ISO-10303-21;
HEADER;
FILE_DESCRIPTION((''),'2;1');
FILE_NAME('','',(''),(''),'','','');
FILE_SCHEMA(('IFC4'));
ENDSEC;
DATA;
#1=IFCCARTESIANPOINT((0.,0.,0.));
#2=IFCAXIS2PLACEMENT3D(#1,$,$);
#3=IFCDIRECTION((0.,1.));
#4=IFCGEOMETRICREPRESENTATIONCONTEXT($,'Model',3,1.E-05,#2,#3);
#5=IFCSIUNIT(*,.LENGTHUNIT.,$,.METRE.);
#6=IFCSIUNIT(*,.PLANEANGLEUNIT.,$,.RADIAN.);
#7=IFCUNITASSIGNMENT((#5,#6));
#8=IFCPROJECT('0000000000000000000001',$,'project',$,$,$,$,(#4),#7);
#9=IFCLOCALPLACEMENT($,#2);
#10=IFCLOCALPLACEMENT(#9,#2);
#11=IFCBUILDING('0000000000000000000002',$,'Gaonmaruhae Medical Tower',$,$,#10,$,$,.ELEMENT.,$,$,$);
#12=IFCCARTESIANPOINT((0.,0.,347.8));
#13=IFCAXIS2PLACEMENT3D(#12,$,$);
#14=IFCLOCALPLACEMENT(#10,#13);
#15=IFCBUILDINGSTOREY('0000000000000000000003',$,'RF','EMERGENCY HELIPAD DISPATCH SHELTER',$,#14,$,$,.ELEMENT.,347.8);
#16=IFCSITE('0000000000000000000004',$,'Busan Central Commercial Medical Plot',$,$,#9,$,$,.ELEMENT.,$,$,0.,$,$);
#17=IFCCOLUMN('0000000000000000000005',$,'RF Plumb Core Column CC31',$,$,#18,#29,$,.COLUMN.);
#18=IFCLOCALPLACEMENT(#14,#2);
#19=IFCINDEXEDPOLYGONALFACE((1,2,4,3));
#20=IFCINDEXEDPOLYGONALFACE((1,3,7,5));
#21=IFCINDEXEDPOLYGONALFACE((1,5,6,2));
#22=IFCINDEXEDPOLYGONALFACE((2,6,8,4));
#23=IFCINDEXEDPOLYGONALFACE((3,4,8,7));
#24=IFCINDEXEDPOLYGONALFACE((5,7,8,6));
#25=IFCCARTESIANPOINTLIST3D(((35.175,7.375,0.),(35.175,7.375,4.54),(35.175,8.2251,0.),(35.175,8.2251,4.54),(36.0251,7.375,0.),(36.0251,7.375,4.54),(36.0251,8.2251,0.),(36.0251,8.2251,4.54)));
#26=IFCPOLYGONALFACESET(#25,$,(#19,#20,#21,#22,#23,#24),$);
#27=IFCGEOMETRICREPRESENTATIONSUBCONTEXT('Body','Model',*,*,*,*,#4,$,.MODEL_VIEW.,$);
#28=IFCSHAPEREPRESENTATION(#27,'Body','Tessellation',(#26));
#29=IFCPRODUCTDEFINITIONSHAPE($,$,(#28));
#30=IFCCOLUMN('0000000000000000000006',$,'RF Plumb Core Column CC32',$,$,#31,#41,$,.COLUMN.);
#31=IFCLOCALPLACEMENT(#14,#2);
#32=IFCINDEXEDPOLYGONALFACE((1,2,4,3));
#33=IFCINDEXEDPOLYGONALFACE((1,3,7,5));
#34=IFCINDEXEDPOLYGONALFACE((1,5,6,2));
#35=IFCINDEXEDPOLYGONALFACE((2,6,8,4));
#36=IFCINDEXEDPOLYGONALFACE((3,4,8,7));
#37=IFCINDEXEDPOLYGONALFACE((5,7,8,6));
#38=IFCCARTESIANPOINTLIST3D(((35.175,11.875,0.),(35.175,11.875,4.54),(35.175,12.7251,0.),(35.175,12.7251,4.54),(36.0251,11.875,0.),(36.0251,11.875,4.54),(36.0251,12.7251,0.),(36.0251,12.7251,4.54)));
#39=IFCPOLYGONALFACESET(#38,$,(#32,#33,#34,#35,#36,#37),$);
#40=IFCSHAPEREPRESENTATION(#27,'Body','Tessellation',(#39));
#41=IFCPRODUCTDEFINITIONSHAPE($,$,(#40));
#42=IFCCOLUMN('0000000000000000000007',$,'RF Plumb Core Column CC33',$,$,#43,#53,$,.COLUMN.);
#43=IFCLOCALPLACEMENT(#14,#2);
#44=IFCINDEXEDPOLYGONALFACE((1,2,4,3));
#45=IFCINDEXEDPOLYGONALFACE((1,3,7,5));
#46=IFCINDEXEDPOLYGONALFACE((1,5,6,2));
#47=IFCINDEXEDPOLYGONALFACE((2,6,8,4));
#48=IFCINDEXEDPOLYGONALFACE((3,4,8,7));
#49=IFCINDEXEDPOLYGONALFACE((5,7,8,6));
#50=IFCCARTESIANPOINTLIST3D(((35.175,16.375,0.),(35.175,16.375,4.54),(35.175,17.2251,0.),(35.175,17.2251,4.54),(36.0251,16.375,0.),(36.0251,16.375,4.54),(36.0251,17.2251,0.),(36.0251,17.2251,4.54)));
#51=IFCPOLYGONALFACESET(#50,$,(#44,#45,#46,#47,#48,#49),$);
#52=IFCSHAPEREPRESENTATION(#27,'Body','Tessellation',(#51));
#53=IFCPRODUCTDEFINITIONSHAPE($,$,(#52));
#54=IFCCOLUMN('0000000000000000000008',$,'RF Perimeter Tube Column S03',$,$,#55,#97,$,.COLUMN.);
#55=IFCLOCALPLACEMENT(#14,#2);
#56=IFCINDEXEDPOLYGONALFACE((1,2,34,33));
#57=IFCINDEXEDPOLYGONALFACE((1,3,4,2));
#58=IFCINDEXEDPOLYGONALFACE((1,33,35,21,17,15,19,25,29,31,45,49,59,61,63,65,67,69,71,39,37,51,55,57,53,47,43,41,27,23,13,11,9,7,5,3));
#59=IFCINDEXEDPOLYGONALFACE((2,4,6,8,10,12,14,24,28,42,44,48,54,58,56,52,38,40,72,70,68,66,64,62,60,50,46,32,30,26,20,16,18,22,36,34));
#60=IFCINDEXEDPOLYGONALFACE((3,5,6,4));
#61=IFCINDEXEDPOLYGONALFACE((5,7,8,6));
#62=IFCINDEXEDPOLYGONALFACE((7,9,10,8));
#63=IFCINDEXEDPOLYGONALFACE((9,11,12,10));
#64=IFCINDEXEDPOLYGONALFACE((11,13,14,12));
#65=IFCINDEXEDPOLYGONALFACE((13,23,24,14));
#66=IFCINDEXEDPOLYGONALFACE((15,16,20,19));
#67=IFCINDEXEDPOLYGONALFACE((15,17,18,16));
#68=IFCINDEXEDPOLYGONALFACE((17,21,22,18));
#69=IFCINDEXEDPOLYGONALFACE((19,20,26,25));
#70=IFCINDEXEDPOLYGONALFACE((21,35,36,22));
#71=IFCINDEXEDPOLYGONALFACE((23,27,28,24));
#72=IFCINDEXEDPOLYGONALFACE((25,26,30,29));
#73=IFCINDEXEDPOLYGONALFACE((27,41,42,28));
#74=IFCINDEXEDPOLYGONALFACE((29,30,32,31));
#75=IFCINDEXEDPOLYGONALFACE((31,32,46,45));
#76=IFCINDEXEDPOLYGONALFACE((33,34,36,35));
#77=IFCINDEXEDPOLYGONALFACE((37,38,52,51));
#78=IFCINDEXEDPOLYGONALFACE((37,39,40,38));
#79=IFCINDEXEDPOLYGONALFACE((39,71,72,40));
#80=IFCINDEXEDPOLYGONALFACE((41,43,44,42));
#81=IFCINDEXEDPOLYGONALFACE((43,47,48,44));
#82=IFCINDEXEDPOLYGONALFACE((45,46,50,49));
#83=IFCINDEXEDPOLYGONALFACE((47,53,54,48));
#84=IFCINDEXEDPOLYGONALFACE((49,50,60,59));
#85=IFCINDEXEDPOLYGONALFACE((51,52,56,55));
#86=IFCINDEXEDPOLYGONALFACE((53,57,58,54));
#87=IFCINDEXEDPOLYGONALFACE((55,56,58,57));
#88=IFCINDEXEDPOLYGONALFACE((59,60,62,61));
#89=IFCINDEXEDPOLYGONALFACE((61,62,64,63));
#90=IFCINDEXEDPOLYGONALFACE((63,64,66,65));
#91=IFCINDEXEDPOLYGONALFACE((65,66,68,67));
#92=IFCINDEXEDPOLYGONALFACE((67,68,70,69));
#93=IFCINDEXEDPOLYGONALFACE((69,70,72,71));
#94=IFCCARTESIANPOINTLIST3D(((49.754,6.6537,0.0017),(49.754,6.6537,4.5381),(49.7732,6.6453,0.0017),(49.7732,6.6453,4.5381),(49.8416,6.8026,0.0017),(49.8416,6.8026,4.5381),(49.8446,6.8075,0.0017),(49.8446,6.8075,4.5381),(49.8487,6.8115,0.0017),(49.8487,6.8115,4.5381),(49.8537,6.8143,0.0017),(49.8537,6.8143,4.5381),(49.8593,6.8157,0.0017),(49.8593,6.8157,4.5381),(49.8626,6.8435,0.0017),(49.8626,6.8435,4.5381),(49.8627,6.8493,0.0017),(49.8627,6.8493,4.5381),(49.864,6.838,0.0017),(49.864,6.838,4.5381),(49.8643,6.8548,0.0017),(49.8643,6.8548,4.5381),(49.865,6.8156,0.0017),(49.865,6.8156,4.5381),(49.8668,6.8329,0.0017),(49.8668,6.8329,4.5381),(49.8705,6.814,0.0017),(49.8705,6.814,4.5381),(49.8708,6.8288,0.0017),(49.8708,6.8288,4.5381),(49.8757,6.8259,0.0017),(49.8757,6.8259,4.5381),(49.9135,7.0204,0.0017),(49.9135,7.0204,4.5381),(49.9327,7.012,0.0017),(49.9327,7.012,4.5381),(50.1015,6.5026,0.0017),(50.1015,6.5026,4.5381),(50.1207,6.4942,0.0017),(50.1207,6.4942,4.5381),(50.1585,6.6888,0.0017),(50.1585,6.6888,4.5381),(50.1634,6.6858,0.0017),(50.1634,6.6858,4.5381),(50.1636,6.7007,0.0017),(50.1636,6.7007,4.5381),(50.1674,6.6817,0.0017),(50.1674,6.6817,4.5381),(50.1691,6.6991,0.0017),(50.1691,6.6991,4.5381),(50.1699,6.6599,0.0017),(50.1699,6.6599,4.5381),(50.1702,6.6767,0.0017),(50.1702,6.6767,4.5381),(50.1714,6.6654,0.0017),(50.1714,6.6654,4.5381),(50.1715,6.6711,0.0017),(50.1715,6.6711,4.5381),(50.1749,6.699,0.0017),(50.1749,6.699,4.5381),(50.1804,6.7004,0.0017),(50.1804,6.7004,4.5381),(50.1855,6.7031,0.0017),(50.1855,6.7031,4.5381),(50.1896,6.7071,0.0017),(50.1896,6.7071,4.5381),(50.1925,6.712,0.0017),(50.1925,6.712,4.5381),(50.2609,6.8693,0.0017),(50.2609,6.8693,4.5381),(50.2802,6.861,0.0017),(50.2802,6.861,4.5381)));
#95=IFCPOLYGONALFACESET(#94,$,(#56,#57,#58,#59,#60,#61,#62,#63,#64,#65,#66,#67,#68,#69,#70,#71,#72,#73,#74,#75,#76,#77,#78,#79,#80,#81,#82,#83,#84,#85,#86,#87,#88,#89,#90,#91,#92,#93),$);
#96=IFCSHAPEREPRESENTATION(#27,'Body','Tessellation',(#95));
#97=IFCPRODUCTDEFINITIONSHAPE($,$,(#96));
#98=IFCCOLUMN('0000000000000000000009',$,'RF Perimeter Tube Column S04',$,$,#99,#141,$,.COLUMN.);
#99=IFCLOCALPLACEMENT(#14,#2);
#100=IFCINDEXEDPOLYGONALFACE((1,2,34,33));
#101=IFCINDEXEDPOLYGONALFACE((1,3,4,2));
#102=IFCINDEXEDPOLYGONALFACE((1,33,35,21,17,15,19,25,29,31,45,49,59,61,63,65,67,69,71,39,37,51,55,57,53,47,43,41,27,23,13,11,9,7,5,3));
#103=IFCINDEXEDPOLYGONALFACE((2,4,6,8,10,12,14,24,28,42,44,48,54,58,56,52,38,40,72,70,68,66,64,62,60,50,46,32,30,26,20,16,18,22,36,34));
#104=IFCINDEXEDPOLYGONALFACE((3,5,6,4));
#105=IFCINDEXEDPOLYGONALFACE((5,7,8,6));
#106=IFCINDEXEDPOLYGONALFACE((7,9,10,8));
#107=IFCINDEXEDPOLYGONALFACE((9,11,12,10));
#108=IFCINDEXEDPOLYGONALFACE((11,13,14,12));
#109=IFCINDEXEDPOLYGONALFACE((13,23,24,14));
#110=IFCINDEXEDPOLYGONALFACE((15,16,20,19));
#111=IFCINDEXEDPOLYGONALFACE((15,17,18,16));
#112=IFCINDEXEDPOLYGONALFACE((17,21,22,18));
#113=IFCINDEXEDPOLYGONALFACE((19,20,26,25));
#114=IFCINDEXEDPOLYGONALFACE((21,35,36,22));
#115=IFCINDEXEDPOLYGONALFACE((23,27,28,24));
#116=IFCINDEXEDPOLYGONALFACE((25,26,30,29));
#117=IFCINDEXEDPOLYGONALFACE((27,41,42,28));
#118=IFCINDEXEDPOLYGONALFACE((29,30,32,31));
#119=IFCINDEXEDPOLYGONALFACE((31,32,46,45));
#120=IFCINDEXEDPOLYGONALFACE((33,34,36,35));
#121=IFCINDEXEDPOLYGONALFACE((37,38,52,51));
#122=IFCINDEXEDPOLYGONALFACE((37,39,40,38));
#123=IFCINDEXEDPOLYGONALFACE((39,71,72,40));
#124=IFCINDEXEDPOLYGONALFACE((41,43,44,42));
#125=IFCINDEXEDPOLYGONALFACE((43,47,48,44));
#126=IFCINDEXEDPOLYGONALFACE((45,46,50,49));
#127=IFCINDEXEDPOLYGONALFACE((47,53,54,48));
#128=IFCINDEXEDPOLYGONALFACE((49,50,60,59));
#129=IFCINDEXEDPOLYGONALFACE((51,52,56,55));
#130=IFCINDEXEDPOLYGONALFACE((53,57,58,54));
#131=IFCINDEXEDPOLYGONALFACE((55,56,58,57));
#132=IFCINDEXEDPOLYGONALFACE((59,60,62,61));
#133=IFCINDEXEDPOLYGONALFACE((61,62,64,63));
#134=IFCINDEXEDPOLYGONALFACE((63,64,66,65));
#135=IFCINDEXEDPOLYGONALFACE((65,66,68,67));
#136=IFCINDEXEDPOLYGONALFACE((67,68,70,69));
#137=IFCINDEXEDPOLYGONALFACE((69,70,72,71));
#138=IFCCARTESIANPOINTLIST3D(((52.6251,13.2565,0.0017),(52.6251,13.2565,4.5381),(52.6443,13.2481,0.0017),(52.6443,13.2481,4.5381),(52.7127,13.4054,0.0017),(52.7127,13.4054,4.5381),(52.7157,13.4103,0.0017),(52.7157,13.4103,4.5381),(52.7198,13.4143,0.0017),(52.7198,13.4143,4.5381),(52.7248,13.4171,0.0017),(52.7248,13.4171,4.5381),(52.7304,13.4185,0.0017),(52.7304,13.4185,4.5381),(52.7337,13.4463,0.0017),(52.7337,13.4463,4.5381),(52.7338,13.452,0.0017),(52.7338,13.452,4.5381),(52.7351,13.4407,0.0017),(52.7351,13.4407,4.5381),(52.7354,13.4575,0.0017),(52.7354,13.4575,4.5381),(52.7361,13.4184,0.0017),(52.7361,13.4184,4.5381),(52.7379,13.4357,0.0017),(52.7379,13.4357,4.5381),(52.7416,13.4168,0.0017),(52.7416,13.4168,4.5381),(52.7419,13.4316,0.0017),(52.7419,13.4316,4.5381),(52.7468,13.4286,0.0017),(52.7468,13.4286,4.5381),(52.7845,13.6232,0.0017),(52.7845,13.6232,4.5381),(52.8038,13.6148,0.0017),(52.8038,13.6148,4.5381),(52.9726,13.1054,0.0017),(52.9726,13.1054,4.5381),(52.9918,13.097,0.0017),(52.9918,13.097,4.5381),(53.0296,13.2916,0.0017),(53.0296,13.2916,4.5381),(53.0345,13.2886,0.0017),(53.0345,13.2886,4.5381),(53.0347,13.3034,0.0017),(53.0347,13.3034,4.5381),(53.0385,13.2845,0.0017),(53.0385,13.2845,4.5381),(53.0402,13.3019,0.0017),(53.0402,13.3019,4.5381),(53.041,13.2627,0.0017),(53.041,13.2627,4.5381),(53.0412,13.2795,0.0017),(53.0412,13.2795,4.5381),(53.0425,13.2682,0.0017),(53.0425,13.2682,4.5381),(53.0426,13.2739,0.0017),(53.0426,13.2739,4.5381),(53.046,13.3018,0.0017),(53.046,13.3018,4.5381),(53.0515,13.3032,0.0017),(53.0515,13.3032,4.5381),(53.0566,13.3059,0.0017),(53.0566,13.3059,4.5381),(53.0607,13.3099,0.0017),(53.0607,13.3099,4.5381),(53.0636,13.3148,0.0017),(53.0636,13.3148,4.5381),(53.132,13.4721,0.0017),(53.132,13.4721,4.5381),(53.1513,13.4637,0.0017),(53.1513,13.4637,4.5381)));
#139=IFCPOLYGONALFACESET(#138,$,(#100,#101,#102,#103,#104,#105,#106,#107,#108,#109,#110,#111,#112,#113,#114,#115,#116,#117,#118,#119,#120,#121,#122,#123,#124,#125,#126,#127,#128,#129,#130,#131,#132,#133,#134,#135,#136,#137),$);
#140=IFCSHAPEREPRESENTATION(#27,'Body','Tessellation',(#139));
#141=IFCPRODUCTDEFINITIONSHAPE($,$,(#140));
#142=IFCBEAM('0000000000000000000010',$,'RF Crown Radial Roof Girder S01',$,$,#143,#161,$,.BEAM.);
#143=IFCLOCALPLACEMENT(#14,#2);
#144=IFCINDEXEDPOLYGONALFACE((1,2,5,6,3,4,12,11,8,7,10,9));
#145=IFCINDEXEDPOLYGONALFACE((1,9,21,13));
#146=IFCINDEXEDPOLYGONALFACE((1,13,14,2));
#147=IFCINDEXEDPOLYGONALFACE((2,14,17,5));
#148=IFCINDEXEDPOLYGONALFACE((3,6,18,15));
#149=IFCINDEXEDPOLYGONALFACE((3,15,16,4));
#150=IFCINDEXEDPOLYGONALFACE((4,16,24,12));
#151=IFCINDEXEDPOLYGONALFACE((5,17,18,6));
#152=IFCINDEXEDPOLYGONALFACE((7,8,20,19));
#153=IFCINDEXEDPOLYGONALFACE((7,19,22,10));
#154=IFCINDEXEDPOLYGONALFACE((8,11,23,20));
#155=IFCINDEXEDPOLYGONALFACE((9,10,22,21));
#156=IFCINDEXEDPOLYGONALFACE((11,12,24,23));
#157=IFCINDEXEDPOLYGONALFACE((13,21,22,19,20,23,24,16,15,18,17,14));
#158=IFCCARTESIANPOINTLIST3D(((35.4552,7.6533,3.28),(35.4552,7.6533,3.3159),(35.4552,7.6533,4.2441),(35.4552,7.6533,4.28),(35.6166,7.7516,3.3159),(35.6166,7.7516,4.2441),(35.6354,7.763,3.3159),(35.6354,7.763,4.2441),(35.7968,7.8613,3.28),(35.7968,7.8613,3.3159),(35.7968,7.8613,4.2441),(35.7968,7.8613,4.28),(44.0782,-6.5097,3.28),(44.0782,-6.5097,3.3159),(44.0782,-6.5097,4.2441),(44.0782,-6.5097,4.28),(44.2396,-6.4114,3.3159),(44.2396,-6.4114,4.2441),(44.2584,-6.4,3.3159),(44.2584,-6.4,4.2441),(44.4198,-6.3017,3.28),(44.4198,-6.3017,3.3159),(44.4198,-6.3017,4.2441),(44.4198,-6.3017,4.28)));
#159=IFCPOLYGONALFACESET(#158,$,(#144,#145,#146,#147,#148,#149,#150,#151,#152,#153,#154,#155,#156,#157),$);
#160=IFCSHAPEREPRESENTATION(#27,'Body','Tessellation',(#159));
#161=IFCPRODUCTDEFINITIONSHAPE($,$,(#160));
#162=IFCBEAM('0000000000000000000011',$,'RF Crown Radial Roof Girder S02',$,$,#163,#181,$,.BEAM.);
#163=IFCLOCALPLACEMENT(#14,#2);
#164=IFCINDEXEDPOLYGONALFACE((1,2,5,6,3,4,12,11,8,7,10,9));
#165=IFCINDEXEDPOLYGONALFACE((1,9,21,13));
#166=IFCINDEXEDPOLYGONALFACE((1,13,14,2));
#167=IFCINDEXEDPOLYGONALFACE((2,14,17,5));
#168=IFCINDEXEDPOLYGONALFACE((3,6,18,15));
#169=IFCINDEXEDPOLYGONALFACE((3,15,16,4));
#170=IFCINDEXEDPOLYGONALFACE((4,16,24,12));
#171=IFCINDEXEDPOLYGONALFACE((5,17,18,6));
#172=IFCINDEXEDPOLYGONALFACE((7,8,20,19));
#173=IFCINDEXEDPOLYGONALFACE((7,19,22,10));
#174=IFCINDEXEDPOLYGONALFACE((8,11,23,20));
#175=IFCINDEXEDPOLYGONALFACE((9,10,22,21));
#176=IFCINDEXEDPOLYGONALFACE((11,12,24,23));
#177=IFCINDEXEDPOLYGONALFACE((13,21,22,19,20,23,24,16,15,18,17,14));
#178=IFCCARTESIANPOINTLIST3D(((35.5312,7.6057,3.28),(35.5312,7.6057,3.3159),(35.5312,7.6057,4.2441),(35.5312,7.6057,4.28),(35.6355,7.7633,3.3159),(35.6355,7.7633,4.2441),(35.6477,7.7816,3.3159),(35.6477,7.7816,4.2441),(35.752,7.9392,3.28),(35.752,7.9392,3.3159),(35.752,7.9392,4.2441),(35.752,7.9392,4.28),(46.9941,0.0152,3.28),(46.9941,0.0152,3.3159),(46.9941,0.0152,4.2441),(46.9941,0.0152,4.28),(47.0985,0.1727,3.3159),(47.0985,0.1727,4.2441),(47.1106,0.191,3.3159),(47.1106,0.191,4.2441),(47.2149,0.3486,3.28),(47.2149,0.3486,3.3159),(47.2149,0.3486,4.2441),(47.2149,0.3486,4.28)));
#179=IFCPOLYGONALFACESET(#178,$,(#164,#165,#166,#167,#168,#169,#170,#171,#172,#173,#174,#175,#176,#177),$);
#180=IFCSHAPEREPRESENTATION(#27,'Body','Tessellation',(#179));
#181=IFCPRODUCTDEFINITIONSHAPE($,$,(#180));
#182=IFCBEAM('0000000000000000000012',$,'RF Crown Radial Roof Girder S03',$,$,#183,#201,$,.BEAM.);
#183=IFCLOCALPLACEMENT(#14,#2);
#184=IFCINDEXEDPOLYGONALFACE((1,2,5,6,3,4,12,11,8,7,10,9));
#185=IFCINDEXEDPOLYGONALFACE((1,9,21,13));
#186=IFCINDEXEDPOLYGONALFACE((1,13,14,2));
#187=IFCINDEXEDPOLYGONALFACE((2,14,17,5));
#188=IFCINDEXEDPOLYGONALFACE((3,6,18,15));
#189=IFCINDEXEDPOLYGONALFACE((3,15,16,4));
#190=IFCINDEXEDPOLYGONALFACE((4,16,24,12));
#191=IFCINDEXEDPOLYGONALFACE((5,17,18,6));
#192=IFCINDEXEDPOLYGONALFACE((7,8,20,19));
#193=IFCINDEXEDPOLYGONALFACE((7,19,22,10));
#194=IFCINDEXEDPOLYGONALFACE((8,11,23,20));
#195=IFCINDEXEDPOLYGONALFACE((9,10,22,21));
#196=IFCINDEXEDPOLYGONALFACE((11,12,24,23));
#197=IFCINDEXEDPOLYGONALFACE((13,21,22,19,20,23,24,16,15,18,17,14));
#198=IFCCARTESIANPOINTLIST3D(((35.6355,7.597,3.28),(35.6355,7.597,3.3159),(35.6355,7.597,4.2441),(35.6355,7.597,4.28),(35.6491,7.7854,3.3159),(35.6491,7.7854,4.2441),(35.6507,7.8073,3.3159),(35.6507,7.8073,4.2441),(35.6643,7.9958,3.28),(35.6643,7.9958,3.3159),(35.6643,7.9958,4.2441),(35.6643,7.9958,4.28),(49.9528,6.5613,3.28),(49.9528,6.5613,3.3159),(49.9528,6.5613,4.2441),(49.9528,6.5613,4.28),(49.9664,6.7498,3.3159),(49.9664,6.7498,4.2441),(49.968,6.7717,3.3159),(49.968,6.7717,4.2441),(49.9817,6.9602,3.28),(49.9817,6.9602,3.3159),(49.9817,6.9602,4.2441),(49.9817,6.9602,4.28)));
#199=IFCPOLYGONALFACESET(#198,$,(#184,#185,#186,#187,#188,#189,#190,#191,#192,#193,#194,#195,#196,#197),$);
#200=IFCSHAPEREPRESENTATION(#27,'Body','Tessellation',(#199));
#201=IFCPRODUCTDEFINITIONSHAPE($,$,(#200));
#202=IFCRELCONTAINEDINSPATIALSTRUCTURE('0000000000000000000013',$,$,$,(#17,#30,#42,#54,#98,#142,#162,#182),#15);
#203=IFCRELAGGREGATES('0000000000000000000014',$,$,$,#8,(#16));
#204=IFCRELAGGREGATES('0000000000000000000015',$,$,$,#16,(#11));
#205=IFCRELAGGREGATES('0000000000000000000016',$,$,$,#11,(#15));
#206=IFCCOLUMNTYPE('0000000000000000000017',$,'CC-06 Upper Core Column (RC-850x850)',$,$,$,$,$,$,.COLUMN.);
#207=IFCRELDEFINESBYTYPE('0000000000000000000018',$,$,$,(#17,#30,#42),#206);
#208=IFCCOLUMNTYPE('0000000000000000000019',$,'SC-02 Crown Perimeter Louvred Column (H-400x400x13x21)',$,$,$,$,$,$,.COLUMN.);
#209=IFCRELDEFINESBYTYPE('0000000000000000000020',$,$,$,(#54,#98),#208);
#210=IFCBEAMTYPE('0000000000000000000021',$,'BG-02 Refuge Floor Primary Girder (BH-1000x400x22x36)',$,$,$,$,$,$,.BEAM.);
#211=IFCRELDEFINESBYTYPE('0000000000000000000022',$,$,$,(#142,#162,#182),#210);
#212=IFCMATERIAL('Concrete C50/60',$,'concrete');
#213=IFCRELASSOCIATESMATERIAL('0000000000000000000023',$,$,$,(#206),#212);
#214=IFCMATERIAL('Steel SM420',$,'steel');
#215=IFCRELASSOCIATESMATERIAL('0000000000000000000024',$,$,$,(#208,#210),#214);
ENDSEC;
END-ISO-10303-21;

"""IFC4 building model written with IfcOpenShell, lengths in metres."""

from ifc_helpers import new_model, si_unit, direction, frame, origin, origin_2d, place, context, subcontext, project, spatial, rectangle, i_section, extrude, material, material_profile, profile_set, type_object, element, save


model = new_model("IFC4")

# Units and contexts
model_context = context("Model", 3, precision=1e-05, world=origin(), true_north=direction((0.0, 1.0)))
body_context = subcontext(model_context, "Body", "Model", "MODEL_VIEW")
ifc_project = project(units=[si_unit("LENGTHUNIT", "METRE"), si_unit("PLANEANGLEUNIT", "RADIAN")], contexts=[model_context])

# Site, building, storey
site_placement = place(None, origin())
site = spatial("IfcSite", under=ifc_project, at=site_placement, Name="Busan Central Commercial Medical Plot", CompositionType="ELEMENT", RefElevation=0.0)
building_placement = place(site_placement, origin())
building = spatial("IfcBuilding", under=site, at=building_placement, Name="Gaonmaruhae Medical Tower", CompositionType="ELEMENT")
storey_placement = place(building_placement, frame((0.0, 0.0, 347.8)))
storey = spatial("IfcBuildingStorey", under=building, at=storey_placement, Name="RF", Description="EMERGENCY HELIPAD DISPATCH SHELTER", CompositionType="ELEMENT", Elevation=347.8)

# Columns
ifc_material_1 = material(Name="Concrete C50/60", Category="concrete")
ifc_material_profile_1 = material_profile(ifc_material_1, rectangle(XDim=0.8501, YDim=0.8501, at=origin_2d()), Name="RC-850x850")
ifc_profile_set_1 = profile_set([ifc_material_profile_1], Name="Concrete C50/60")
column_type_1 = type_object("IfcColumnType", Name="CC-06 Upper Core Column (RC-850x850)", PredefinedType="COLUMN", material=ifc_profile_set_1)
for number, where, z_axis, x_axis, name in (
    (1, (35.6001, 7.8, 0.0), (0.0, 0.0, 1.0), (1.0, 0.0, 0.0), "RF Plumb Core Column CC31"),
    (2, (35.6001, 12.3, 0.0), (0.0, 0.0, 1.0), (1.0, 0.0, 0.0), "RF Plumb Core Column CC32"),
    (3, (35.6001, 16.8, 0.0), (0.0, 0.0, 1.0), (1.0, 0.0, 0.0), "RF Plumb Core Column CC33"),
):
    element("IfcColumn", number, at=place(storey_placement, frame(where, z_axis=z_axis, x_axis=x_axis)), inside=storey, type_object=column_type_1, Name=name, PredefinedType="COLUMN", context=body_context, shape_type="SweptSolid", body=[
        extrude(rectangle(XDim=0.8501, YDim=0.8501, at=origin_2d()), origin(), (0.0, 0.0, 1.0), 4.54),
    ])
ifc_material_2 = material(Name="Steel SM420", Category="steel")
ifc_material_profile_2 = material_profile(ifc_material_2, i_section(OverallWidth=0.3999, OverallDepth=0.3999, WebThickness=0.0129, FlangeThickness=0.021, FilletRadius=0.022, at=origin_2d()), Name="H-400x400x13x21")
ifc_profile_set_2 = profile_set([ifc_material_profile_2], Name="Steel SM420")
column_type_2 = type_object("IfcColumnType", Name="SC-02 Crown Perimeter Louvred Column (H-400x400x13x21)", PredefinedType="COLUMN", material=ifc_profile_set_2)
for number, where, z_axis, x_axis, name in (
    (4, (50.0171, 6.7573, 0.0017), (0.0, 0.0, 1.0), (0.398749, 0.91706, 0.0), "RF Perimeter Tube Column S03"),
    (5, (52.8882, 13.3601, 0.0017), (0.0, 0.0, 1.0), (0.398749, 0.91706, 0.0), "RF Perimeter Tube Column S04"),
):
    element("IfcColumn", number, at=place(storey_placement, frame(where, z_axis=z_axis, x_axis=x_axis)), inside=storey, type_object=column_type_2, Name=name, PredefinedType="COLUMN", context=body_context, shape_type="SweptSolid", body=[
        extrude(i_section(OverallWidth=0.3999, OverallDepth=0.3999, WebThickness=0.0129, FlangeThickness=0.021, FilletRadius=0.022, at=origin_2d()), origin(), (0.0, 0.0, 1.0), 4.5364),
    ])

# Beams
ifc_material_profile_3 = material_profile(ifc_material_2, i_section(OverallWidth=0.3999, OverallDepth=1.0, WebThickness=0.022, FlangeThickness=0.0359, at=origin_2d()), Name="BH-1000x400x22x36")
ifc_profile_set_3 = profile_set([ifc_material_profile_3], Name="Steel SM420")
beam_type_1 = type_object("IfcBeamType", Name="BG-02 Refuge Floor Primary Girder (BH-1000x400x22x36)", PredefinedType="BEAM", material=ifc_profile_set_3)
beam_1_placement = place(storey_placement, frame((35.626, 7.7573, 3.78), z_axis=(0.520037, -0.854144, 0.0), x_axis=(0.854144, 0.520037, 0.0)))
element("IfcBeam", 6, at=beam_1_placement, inside=storey, type_object=beam_type_1, Name="RF Crown Radial Roof Girder S01", PredefinedType="BEAM", context=body_context, shape_type="SweptSolid", body=[
    extrude(i_section(OverallWidth=0.3999, OverallDepth=1.0, WebThickness=0.022, FlangeThickness=0.0359, at=origin_2d()), origin(), (0.0, 0.0, 1.0), 16.5815),
])
beam_2_placement = place(storey_placement, frame((35.6416, 7.7725, 3.78), z_axis=(0.83377, -0.552112, 0.0), x_axis=(0.552112, 0.83377, 0.0)))
element("IfcBeam", 7, at=beam_2_placement, inside=storey, type_object=beam_type_1, Name="RF Crown Radial Roof Girder S02", PredefinedType="BEAM", context=body_context, shape_type="SweptSolid", body=[
    extrude(i_section(OverallWidth=0.3999, OverallDepth=1.0, WebThickness=0.022, FlangeThickness=0.0359, at=origin_2d()), origin(), (0.0, 0.0, 1.0), 13.7483),
])
beam_3_placement = place(storey_placement, frame((35.6499, 7.7964, 3.78), z_axis=(0.997394, -0.072146, 0.0), x_axis=(0.072146, 0.997394, 0.0)))
element("IfcBeam", 8, at=beam_3_placement, inside=storey, type_object=beam_type_1, Name="RF Crown Radial Roof Girder S03", PredefinedType="BEAM", context=body_context, shape_type="SweptSolid", body=[
    extrude(i_section(OverallWidth=0.3999, OverallDepth=1.0, WebThickness=0.022, FlangeThickness=0.0359, at=origin_2d()), origin(), (0.0, 0.0, 1.0), 14.3547),
])

save(model, "model.ifc")
